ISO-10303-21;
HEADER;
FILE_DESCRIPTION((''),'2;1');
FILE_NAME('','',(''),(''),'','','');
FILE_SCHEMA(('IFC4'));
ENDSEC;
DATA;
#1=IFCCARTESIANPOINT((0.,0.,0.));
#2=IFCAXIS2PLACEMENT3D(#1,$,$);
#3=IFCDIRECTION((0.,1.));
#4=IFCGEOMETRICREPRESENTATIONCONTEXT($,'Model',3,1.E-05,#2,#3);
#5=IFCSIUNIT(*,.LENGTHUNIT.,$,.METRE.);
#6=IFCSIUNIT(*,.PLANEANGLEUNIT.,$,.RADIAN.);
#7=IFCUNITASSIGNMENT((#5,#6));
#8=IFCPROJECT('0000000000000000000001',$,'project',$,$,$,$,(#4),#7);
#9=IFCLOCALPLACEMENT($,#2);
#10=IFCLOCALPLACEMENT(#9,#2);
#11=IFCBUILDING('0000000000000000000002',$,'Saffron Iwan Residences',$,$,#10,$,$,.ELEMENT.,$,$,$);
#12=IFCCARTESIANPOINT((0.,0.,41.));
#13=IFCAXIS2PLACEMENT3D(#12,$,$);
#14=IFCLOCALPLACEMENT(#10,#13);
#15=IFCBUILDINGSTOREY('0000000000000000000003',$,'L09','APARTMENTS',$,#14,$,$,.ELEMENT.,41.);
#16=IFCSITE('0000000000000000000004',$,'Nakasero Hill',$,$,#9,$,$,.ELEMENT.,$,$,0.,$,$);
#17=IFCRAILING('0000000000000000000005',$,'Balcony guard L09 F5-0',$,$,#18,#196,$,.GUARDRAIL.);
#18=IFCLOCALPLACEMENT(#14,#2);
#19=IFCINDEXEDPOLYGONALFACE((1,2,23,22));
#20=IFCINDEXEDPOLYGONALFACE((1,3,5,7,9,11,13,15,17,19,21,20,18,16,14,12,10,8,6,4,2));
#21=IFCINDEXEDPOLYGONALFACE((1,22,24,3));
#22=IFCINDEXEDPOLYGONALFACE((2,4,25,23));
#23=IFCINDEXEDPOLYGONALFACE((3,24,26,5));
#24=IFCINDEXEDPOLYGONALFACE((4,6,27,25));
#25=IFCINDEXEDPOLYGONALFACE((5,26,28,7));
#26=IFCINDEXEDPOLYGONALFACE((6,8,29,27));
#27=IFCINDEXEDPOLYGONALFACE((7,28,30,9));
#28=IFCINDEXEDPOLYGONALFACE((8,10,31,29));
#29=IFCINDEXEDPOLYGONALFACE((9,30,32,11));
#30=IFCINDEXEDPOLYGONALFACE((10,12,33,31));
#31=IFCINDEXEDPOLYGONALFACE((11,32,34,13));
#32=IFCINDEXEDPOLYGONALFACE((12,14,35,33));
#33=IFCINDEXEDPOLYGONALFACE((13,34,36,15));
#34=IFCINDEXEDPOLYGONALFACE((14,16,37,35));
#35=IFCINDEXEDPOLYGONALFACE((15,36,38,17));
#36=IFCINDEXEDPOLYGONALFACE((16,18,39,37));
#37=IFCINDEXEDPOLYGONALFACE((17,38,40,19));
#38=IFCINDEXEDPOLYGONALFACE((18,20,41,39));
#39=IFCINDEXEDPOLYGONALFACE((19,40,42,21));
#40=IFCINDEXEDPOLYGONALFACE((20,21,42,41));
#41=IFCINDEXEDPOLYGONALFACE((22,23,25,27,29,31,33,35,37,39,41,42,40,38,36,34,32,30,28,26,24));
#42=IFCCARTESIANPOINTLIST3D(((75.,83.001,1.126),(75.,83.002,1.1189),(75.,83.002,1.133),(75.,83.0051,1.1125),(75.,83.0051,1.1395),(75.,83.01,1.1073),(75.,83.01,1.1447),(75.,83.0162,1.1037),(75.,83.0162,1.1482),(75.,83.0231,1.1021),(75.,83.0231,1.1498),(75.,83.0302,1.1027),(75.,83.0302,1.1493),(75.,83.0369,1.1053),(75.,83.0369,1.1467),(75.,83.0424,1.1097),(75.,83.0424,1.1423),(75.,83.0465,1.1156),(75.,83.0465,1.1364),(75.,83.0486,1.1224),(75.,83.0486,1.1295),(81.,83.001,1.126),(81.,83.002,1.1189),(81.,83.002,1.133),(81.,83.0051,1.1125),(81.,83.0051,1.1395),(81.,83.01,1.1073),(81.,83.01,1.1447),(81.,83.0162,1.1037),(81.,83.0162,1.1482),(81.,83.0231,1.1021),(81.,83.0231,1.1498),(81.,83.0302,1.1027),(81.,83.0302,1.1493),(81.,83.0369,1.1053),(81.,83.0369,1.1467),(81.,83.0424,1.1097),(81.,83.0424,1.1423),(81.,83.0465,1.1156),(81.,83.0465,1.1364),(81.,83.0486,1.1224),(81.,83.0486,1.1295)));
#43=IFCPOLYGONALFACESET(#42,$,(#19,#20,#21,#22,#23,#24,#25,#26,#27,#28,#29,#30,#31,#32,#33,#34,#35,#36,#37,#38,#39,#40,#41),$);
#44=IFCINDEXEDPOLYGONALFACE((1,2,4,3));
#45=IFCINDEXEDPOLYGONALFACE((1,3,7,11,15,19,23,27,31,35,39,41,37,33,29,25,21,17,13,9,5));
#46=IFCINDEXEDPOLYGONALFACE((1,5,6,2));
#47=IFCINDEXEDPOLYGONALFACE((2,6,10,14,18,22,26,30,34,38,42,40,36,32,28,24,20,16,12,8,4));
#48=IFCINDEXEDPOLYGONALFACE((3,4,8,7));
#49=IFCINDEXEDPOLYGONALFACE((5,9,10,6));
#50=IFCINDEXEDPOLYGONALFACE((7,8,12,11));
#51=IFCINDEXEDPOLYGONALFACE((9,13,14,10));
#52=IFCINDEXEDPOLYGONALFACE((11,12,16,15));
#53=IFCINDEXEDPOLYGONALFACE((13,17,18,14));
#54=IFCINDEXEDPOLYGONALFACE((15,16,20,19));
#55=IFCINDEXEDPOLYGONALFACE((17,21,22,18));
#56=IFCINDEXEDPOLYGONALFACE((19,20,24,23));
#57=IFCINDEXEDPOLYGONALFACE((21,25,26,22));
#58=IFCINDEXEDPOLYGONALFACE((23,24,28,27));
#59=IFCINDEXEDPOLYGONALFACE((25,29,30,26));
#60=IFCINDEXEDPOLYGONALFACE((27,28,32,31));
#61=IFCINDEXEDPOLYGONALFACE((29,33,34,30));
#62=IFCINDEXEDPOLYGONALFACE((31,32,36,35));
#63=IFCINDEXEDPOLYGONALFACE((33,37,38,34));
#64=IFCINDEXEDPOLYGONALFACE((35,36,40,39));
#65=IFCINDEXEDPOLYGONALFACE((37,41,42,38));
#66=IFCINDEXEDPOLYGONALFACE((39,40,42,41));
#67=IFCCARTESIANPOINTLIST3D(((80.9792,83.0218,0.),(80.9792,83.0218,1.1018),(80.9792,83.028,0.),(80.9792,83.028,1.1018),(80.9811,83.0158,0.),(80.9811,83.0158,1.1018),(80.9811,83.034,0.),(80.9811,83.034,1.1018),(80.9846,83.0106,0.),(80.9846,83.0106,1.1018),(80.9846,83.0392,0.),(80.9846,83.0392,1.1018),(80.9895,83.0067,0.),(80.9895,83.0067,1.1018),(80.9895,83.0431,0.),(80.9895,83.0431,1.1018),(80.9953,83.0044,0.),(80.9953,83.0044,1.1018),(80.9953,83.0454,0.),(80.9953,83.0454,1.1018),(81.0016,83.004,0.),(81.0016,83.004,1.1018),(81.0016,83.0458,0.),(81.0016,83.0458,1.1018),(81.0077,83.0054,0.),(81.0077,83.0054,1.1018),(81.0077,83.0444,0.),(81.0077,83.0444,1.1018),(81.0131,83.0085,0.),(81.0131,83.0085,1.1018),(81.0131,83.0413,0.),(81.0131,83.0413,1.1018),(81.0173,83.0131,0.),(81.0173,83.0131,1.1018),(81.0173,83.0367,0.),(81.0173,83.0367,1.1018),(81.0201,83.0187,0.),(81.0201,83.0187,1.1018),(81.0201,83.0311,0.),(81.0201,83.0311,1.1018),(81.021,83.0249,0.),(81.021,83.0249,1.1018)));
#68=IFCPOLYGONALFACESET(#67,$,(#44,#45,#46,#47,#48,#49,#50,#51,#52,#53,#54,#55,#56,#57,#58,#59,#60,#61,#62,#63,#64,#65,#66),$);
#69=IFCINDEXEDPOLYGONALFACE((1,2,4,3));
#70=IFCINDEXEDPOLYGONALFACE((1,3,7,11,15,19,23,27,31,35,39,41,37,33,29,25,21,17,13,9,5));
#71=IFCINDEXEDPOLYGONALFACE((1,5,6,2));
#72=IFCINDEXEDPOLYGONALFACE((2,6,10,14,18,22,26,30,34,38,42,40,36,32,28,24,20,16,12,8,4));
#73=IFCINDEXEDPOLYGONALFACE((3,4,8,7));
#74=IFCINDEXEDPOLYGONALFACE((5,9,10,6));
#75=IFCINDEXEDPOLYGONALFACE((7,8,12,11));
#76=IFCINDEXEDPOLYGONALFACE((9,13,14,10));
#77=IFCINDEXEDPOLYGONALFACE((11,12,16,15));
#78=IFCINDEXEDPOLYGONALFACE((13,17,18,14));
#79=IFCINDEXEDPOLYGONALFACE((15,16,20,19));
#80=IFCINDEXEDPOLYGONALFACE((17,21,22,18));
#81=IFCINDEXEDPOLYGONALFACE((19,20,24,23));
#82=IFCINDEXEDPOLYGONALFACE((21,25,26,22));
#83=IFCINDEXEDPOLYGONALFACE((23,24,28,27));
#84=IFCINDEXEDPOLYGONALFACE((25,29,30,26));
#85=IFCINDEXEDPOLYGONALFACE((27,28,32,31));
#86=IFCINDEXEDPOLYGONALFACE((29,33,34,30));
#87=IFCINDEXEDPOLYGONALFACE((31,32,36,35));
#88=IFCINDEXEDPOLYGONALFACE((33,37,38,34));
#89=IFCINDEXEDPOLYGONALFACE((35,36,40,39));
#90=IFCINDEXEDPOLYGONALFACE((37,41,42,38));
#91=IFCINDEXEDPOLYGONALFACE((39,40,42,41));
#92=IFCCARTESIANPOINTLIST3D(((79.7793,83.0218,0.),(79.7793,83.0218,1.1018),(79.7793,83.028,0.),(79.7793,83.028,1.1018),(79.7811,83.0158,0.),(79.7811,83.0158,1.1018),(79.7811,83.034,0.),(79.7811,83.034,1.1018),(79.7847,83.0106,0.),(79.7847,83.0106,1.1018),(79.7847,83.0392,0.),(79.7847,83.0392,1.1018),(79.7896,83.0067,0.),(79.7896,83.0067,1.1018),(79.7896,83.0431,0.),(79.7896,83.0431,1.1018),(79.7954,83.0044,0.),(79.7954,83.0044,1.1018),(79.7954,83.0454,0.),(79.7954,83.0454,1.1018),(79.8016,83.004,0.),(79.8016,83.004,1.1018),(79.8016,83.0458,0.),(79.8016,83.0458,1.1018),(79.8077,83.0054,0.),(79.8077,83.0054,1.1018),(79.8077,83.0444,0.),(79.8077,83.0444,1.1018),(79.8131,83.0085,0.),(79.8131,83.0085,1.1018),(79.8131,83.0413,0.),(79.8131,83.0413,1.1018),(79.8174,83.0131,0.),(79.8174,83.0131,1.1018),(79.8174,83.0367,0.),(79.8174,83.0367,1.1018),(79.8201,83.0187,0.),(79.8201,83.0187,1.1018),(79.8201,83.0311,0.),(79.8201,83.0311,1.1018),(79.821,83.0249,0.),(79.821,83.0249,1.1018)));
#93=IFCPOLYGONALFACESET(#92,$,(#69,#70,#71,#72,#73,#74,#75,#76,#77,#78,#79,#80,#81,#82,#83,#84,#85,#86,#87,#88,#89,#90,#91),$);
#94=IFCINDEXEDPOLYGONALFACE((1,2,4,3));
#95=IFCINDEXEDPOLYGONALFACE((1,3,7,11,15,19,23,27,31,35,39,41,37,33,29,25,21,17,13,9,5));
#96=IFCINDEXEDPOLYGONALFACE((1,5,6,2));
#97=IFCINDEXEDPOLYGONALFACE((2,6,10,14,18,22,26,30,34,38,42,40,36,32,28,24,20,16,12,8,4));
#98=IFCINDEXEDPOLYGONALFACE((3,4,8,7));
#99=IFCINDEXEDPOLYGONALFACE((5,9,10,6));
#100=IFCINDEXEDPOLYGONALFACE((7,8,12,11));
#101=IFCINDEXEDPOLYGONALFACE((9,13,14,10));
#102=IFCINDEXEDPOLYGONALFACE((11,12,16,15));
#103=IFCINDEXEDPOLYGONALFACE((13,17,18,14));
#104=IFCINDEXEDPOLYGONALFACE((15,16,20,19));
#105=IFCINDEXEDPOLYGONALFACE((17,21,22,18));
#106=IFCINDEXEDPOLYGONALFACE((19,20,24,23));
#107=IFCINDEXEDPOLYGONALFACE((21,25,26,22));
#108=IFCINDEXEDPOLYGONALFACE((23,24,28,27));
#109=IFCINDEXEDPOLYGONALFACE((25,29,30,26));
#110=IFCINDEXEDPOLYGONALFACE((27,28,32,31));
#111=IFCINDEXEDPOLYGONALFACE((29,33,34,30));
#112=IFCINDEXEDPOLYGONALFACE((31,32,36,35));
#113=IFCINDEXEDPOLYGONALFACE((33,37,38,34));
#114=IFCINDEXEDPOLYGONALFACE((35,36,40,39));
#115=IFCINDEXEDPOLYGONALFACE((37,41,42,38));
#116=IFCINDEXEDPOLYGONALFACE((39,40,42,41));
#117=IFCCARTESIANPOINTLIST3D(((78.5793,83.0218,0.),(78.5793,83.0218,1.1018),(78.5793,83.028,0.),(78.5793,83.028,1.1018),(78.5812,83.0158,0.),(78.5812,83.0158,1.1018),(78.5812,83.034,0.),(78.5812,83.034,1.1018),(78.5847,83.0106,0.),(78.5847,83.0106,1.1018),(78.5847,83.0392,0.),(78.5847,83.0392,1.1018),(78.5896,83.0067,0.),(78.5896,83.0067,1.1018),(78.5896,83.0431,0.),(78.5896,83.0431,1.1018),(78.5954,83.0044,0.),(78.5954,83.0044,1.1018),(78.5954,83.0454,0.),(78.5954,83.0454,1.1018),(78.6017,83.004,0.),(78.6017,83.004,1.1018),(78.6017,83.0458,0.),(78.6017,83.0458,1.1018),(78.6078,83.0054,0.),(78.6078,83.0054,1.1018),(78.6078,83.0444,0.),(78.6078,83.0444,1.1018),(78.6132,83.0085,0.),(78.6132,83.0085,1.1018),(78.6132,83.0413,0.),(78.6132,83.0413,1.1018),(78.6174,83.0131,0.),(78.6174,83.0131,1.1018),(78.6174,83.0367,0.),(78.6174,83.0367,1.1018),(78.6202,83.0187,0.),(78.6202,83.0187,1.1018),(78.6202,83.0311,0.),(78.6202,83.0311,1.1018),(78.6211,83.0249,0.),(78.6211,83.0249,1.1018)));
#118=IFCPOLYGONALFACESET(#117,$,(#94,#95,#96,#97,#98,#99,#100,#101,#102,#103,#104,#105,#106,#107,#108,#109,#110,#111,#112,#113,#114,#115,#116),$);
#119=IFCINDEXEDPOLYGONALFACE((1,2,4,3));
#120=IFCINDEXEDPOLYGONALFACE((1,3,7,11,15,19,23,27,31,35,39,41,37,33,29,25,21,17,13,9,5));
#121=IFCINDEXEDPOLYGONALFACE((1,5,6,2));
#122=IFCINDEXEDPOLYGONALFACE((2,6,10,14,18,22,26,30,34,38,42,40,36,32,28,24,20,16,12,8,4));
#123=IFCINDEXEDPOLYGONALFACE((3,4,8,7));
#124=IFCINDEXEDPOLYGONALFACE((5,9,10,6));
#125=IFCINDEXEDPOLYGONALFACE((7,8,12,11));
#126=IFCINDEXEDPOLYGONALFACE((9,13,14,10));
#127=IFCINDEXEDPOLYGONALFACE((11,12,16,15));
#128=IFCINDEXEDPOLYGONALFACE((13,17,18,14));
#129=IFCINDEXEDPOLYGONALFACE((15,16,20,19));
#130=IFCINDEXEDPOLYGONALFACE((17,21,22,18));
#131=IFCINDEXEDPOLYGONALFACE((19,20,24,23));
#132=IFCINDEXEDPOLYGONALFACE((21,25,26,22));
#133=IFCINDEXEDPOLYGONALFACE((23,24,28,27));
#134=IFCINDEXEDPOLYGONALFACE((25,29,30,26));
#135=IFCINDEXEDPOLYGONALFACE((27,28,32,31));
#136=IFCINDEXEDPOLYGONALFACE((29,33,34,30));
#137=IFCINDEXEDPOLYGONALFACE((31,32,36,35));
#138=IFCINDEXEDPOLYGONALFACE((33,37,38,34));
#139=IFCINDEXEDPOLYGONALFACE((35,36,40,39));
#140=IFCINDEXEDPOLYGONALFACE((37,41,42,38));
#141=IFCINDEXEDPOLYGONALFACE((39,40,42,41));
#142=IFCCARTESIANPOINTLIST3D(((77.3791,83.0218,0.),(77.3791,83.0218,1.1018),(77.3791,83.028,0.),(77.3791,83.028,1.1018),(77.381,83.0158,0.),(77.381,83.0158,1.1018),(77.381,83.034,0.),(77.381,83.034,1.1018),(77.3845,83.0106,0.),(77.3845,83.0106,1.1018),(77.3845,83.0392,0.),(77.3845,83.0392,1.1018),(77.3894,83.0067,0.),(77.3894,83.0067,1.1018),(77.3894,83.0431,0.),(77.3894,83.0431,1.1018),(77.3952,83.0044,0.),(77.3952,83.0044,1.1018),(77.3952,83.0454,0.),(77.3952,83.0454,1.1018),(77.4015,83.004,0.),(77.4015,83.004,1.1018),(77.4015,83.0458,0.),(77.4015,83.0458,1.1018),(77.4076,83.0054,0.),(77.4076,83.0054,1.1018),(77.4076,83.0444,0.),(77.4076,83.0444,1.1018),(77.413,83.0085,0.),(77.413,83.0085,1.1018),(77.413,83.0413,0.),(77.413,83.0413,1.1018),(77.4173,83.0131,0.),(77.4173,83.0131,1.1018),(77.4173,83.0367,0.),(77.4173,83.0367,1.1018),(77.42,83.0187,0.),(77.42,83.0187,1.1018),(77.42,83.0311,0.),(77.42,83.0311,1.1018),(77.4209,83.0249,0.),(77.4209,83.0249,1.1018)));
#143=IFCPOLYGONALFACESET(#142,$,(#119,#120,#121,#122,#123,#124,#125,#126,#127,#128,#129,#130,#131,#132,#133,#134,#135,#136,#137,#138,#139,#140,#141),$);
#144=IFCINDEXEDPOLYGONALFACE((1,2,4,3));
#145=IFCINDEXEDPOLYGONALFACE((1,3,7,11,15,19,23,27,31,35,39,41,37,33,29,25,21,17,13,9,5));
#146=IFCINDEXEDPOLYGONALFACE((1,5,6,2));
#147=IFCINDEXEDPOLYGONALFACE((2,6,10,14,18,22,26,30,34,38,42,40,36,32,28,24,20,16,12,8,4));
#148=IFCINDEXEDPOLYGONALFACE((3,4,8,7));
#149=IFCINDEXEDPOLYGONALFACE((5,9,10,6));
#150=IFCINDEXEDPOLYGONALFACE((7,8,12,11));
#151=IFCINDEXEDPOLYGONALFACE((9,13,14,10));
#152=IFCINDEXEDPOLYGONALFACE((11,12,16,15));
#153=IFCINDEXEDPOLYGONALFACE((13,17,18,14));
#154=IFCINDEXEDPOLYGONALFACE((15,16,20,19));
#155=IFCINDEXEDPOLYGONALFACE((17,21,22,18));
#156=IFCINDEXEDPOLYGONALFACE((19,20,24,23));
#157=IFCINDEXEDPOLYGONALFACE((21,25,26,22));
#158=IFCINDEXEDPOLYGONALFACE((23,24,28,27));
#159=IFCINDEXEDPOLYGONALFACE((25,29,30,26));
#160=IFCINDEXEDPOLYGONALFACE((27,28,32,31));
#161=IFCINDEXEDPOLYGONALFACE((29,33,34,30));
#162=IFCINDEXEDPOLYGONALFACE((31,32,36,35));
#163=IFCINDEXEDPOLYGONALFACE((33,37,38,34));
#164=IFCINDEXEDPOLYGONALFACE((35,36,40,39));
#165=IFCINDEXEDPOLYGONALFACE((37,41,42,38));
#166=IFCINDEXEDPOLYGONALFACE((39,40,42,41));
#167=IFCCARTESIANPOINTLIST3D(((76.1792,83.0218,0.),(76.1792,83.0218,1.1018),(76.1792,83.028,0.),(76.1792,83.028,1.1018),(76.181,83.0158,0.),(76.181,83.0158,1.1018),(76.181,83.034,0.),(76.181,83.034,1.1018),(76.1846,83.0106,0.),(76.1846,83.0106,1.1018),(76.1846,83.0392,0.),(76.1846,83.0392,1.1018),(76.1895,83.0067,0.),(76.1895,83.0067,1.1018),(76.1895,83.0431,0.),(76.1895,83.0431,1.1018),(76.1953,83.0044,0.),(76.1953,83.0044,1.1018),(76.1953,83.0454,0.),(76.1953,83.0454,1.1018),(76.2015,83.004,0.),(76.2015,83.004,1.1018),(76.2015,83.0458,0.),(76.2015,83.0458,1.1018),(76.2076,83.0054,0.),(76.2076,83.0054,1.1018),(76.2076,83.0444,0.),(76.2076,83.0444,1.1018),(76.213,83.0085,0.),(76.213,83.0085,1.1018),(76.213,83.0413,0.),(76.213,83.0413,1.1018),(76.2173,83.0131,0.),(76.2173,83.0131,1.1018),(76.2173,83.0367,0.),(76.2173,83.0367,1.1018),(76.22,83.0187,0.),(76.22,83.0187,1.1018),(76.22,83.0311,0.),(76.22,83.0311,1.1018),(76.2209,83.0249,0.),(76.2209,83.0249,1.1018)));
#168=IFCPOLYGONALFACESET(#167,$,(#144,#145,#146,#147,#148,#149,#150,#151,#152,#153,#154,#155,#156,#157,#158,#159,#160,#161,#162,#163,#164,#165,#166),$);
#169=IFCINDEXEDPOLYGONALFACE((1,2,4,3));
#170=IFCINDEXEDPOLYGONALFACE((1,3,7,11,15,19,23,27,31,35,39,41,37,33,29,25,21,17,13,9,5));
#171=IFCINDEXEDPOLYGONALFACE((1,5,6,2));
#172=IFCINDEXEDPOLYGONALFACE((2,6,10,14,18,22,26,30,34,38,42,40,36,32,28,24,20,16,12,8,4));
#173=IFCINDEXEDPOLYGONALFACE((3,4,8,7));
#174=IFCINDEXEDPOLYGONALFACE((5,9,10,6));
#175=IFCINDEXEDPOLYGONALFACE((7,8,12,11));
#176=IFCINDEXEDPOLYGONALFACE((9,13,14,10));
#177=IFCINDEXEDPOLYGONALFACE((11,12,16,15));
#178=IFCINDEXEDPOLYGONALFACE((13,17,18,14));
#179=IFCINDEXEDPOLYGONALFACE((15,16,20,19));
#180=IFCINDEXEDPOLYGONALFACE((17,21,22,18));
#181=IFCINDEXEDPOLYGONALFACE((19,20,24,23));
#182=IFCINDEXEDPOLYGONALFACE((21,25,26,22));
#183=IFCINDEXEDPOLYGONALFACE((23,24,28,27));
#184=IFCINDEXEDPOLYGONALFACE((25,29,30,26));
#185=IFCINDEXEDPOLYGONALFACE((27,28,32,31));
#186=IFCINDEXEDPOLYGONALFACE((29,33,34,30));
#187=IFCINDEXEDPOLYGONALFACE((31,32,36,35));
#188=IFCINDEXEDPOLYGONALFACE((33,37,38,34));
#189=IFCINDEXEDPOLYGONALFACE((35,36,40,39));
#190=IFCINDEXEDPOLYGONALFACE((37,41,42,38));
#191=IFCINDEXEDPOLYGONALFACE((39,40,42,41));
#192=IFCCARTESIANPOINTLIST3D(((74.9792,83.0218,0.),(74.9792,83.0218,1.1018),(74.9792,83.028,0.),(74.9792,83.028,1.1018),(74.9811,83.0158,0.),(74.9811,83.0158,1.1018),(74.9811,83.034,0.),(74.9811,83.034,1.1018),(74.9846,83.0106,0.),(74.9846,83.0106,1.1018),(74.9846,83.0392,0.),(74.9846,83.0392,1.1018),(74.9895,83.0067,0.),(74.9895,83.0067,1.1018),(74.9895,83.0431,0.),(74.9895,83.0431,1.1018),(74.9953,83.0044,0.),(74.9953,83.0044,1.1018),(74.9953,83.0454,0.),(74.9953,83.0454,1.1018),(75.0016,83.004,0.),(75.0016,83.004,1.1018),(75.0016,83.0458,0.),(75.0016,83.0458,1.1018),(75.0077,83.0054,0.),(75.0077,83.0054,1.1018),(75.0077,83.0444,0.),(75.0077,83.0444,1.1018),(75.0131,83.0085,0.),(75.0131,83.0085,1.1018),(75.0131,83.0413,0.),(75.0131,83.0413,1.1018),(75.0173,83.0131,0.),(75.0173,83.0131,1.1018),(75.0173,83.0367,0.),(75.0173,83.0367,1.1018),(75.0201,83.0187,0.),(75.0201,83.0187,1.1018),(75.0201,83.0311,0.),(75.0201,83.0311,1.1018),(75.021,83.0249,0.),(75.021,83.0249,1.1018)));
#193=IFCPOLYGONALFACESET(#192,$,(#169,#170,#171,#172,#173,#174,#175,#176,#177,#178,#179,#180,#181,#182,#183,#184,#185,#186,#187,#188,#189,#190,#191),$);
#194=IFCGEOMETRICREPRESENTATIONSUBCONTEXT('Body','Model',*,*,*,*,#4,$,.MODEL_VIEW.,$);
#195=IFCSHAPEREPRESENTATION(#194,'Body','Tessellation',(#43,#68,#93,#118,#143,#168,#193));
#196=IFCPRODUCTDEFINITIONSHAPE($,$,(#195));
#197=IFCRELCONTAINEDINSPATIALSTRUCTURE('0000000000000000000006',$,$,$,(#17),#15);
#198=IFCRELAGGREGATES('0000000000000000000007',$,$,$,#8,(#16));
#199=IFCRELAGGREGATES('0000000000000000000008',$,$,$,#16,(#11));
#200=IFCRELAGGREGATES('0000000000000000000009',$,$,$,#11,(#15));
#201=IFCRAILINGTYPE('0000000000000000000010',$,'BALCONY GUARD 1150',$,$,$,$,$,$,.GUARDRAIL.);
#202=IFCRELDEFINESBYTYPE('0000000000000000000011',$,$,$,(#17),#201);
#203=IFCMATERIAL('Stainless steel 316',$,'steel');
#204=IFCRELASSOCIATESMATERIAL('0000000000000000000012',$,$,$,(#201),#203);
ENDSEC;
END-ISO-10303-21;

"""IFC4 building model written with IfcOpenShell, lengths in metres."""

from ifc_helpers import new_model, si_unit, direction, frame, origin, origin_2d, place, context, subcontext, project, spatial, circle, extrude, material, type_object, element, save


model = new_model("IFC4")

# Units and contexts
model_context = context("Model", 3, precision=1e-05, world=origin(), true_north=direction((0.0, 1.0)))
body_context = subcontext(model_context, "Body", "Model", "MODEL_VIEW")
ifc_project = project(units=[si_unit("LENGTHUNIT", "METRE"), si_unit("PLANEANGLEUNIT", "RADIAN")], contexts=[model_context])

# Site, building, storey
site_placement = place(None, origin())
site = spatial("IfcSite", under=ifc_project, at=site_placement, Name="Nakasero Hill", CompositionType="ELEMENT", RefElevation=0.0)
building_placement = place(site_placement, origin())
building = spatial("IfcBuilding", under=site, at=building_placement, Name="Saffron Iwan Residences", CompositionType="ELEMENT")
storey_placement = place(building_placement, frame((0.0, 0.0, 41.0)))
storey = spatial("IfcBuildingStorey", under=building, at=storey_placement, Name="L09", Description="APARTMENTS", CompositionType="ELEMENT", Elevation=41.0)

# Railing
ifc_material_1 = material(Name="Stainless steel 316", Category="steel")
railing_type = type_object("IfcRailingType", Name="BALCONY GUARD 1150", PredefinedType="GUARDRAIL", material=ifc_material_1)
railing_placement = place(storey_placement, frame((81.0, 83.0249, 0.0)))
element("IfcRailing", 1, at=railing_placement, inside=storey, type_object=railing_type, Name="Balcony guard L09 F5-0", PredefinedType="GUARDRAIL", context=body_context, shape_type="SweptSolid", body=[
    extrude(circle(Radius=0.0239, at=origin_2d()), frame((0.0, 0.0, 1.126), z_axis=(-1.0, 0.0, 0.0), x_axis=(0.0, -1.0, 0.0)), (0.0, 0.0, 1.0), 6.0),
    extrude(circle(Radius=0.021, at=origin_2d()), origin(), (0.0, 0.0, 1.0), 1.1018),
    extrude(circle(Radius=0.021, at=origin_2d()), frame((-1.2, 0.0, 0.0)), (0.0, 0.0, 1.0), 1.1018),
    extrude(circle(Radius=0.021, at=origin_2d()), frame((-2.3999, 0.0, 0.0)), (0.0, 0.0, 1.0), 1.1018),
    extrude(circle(Radius=0.021, at=origin_2d()), frame((-3.6001, 0.0, 0.0)), (0.0, 0.0, 1.0), 1.1018),
    extrude(circle(Radius=0.021, at=origin_2d()), frame((-4.8, 0.0, 0.0)), (0.0, 0.0, 1.0), 1.1018),
    extrude(circle(Radius=0.021, at=origin_2d()), frame((-6.0, 0.0, 0.0)), (0.0, 0.0, 1.0), 1.1018),
])

save(model, "model.ifc")
